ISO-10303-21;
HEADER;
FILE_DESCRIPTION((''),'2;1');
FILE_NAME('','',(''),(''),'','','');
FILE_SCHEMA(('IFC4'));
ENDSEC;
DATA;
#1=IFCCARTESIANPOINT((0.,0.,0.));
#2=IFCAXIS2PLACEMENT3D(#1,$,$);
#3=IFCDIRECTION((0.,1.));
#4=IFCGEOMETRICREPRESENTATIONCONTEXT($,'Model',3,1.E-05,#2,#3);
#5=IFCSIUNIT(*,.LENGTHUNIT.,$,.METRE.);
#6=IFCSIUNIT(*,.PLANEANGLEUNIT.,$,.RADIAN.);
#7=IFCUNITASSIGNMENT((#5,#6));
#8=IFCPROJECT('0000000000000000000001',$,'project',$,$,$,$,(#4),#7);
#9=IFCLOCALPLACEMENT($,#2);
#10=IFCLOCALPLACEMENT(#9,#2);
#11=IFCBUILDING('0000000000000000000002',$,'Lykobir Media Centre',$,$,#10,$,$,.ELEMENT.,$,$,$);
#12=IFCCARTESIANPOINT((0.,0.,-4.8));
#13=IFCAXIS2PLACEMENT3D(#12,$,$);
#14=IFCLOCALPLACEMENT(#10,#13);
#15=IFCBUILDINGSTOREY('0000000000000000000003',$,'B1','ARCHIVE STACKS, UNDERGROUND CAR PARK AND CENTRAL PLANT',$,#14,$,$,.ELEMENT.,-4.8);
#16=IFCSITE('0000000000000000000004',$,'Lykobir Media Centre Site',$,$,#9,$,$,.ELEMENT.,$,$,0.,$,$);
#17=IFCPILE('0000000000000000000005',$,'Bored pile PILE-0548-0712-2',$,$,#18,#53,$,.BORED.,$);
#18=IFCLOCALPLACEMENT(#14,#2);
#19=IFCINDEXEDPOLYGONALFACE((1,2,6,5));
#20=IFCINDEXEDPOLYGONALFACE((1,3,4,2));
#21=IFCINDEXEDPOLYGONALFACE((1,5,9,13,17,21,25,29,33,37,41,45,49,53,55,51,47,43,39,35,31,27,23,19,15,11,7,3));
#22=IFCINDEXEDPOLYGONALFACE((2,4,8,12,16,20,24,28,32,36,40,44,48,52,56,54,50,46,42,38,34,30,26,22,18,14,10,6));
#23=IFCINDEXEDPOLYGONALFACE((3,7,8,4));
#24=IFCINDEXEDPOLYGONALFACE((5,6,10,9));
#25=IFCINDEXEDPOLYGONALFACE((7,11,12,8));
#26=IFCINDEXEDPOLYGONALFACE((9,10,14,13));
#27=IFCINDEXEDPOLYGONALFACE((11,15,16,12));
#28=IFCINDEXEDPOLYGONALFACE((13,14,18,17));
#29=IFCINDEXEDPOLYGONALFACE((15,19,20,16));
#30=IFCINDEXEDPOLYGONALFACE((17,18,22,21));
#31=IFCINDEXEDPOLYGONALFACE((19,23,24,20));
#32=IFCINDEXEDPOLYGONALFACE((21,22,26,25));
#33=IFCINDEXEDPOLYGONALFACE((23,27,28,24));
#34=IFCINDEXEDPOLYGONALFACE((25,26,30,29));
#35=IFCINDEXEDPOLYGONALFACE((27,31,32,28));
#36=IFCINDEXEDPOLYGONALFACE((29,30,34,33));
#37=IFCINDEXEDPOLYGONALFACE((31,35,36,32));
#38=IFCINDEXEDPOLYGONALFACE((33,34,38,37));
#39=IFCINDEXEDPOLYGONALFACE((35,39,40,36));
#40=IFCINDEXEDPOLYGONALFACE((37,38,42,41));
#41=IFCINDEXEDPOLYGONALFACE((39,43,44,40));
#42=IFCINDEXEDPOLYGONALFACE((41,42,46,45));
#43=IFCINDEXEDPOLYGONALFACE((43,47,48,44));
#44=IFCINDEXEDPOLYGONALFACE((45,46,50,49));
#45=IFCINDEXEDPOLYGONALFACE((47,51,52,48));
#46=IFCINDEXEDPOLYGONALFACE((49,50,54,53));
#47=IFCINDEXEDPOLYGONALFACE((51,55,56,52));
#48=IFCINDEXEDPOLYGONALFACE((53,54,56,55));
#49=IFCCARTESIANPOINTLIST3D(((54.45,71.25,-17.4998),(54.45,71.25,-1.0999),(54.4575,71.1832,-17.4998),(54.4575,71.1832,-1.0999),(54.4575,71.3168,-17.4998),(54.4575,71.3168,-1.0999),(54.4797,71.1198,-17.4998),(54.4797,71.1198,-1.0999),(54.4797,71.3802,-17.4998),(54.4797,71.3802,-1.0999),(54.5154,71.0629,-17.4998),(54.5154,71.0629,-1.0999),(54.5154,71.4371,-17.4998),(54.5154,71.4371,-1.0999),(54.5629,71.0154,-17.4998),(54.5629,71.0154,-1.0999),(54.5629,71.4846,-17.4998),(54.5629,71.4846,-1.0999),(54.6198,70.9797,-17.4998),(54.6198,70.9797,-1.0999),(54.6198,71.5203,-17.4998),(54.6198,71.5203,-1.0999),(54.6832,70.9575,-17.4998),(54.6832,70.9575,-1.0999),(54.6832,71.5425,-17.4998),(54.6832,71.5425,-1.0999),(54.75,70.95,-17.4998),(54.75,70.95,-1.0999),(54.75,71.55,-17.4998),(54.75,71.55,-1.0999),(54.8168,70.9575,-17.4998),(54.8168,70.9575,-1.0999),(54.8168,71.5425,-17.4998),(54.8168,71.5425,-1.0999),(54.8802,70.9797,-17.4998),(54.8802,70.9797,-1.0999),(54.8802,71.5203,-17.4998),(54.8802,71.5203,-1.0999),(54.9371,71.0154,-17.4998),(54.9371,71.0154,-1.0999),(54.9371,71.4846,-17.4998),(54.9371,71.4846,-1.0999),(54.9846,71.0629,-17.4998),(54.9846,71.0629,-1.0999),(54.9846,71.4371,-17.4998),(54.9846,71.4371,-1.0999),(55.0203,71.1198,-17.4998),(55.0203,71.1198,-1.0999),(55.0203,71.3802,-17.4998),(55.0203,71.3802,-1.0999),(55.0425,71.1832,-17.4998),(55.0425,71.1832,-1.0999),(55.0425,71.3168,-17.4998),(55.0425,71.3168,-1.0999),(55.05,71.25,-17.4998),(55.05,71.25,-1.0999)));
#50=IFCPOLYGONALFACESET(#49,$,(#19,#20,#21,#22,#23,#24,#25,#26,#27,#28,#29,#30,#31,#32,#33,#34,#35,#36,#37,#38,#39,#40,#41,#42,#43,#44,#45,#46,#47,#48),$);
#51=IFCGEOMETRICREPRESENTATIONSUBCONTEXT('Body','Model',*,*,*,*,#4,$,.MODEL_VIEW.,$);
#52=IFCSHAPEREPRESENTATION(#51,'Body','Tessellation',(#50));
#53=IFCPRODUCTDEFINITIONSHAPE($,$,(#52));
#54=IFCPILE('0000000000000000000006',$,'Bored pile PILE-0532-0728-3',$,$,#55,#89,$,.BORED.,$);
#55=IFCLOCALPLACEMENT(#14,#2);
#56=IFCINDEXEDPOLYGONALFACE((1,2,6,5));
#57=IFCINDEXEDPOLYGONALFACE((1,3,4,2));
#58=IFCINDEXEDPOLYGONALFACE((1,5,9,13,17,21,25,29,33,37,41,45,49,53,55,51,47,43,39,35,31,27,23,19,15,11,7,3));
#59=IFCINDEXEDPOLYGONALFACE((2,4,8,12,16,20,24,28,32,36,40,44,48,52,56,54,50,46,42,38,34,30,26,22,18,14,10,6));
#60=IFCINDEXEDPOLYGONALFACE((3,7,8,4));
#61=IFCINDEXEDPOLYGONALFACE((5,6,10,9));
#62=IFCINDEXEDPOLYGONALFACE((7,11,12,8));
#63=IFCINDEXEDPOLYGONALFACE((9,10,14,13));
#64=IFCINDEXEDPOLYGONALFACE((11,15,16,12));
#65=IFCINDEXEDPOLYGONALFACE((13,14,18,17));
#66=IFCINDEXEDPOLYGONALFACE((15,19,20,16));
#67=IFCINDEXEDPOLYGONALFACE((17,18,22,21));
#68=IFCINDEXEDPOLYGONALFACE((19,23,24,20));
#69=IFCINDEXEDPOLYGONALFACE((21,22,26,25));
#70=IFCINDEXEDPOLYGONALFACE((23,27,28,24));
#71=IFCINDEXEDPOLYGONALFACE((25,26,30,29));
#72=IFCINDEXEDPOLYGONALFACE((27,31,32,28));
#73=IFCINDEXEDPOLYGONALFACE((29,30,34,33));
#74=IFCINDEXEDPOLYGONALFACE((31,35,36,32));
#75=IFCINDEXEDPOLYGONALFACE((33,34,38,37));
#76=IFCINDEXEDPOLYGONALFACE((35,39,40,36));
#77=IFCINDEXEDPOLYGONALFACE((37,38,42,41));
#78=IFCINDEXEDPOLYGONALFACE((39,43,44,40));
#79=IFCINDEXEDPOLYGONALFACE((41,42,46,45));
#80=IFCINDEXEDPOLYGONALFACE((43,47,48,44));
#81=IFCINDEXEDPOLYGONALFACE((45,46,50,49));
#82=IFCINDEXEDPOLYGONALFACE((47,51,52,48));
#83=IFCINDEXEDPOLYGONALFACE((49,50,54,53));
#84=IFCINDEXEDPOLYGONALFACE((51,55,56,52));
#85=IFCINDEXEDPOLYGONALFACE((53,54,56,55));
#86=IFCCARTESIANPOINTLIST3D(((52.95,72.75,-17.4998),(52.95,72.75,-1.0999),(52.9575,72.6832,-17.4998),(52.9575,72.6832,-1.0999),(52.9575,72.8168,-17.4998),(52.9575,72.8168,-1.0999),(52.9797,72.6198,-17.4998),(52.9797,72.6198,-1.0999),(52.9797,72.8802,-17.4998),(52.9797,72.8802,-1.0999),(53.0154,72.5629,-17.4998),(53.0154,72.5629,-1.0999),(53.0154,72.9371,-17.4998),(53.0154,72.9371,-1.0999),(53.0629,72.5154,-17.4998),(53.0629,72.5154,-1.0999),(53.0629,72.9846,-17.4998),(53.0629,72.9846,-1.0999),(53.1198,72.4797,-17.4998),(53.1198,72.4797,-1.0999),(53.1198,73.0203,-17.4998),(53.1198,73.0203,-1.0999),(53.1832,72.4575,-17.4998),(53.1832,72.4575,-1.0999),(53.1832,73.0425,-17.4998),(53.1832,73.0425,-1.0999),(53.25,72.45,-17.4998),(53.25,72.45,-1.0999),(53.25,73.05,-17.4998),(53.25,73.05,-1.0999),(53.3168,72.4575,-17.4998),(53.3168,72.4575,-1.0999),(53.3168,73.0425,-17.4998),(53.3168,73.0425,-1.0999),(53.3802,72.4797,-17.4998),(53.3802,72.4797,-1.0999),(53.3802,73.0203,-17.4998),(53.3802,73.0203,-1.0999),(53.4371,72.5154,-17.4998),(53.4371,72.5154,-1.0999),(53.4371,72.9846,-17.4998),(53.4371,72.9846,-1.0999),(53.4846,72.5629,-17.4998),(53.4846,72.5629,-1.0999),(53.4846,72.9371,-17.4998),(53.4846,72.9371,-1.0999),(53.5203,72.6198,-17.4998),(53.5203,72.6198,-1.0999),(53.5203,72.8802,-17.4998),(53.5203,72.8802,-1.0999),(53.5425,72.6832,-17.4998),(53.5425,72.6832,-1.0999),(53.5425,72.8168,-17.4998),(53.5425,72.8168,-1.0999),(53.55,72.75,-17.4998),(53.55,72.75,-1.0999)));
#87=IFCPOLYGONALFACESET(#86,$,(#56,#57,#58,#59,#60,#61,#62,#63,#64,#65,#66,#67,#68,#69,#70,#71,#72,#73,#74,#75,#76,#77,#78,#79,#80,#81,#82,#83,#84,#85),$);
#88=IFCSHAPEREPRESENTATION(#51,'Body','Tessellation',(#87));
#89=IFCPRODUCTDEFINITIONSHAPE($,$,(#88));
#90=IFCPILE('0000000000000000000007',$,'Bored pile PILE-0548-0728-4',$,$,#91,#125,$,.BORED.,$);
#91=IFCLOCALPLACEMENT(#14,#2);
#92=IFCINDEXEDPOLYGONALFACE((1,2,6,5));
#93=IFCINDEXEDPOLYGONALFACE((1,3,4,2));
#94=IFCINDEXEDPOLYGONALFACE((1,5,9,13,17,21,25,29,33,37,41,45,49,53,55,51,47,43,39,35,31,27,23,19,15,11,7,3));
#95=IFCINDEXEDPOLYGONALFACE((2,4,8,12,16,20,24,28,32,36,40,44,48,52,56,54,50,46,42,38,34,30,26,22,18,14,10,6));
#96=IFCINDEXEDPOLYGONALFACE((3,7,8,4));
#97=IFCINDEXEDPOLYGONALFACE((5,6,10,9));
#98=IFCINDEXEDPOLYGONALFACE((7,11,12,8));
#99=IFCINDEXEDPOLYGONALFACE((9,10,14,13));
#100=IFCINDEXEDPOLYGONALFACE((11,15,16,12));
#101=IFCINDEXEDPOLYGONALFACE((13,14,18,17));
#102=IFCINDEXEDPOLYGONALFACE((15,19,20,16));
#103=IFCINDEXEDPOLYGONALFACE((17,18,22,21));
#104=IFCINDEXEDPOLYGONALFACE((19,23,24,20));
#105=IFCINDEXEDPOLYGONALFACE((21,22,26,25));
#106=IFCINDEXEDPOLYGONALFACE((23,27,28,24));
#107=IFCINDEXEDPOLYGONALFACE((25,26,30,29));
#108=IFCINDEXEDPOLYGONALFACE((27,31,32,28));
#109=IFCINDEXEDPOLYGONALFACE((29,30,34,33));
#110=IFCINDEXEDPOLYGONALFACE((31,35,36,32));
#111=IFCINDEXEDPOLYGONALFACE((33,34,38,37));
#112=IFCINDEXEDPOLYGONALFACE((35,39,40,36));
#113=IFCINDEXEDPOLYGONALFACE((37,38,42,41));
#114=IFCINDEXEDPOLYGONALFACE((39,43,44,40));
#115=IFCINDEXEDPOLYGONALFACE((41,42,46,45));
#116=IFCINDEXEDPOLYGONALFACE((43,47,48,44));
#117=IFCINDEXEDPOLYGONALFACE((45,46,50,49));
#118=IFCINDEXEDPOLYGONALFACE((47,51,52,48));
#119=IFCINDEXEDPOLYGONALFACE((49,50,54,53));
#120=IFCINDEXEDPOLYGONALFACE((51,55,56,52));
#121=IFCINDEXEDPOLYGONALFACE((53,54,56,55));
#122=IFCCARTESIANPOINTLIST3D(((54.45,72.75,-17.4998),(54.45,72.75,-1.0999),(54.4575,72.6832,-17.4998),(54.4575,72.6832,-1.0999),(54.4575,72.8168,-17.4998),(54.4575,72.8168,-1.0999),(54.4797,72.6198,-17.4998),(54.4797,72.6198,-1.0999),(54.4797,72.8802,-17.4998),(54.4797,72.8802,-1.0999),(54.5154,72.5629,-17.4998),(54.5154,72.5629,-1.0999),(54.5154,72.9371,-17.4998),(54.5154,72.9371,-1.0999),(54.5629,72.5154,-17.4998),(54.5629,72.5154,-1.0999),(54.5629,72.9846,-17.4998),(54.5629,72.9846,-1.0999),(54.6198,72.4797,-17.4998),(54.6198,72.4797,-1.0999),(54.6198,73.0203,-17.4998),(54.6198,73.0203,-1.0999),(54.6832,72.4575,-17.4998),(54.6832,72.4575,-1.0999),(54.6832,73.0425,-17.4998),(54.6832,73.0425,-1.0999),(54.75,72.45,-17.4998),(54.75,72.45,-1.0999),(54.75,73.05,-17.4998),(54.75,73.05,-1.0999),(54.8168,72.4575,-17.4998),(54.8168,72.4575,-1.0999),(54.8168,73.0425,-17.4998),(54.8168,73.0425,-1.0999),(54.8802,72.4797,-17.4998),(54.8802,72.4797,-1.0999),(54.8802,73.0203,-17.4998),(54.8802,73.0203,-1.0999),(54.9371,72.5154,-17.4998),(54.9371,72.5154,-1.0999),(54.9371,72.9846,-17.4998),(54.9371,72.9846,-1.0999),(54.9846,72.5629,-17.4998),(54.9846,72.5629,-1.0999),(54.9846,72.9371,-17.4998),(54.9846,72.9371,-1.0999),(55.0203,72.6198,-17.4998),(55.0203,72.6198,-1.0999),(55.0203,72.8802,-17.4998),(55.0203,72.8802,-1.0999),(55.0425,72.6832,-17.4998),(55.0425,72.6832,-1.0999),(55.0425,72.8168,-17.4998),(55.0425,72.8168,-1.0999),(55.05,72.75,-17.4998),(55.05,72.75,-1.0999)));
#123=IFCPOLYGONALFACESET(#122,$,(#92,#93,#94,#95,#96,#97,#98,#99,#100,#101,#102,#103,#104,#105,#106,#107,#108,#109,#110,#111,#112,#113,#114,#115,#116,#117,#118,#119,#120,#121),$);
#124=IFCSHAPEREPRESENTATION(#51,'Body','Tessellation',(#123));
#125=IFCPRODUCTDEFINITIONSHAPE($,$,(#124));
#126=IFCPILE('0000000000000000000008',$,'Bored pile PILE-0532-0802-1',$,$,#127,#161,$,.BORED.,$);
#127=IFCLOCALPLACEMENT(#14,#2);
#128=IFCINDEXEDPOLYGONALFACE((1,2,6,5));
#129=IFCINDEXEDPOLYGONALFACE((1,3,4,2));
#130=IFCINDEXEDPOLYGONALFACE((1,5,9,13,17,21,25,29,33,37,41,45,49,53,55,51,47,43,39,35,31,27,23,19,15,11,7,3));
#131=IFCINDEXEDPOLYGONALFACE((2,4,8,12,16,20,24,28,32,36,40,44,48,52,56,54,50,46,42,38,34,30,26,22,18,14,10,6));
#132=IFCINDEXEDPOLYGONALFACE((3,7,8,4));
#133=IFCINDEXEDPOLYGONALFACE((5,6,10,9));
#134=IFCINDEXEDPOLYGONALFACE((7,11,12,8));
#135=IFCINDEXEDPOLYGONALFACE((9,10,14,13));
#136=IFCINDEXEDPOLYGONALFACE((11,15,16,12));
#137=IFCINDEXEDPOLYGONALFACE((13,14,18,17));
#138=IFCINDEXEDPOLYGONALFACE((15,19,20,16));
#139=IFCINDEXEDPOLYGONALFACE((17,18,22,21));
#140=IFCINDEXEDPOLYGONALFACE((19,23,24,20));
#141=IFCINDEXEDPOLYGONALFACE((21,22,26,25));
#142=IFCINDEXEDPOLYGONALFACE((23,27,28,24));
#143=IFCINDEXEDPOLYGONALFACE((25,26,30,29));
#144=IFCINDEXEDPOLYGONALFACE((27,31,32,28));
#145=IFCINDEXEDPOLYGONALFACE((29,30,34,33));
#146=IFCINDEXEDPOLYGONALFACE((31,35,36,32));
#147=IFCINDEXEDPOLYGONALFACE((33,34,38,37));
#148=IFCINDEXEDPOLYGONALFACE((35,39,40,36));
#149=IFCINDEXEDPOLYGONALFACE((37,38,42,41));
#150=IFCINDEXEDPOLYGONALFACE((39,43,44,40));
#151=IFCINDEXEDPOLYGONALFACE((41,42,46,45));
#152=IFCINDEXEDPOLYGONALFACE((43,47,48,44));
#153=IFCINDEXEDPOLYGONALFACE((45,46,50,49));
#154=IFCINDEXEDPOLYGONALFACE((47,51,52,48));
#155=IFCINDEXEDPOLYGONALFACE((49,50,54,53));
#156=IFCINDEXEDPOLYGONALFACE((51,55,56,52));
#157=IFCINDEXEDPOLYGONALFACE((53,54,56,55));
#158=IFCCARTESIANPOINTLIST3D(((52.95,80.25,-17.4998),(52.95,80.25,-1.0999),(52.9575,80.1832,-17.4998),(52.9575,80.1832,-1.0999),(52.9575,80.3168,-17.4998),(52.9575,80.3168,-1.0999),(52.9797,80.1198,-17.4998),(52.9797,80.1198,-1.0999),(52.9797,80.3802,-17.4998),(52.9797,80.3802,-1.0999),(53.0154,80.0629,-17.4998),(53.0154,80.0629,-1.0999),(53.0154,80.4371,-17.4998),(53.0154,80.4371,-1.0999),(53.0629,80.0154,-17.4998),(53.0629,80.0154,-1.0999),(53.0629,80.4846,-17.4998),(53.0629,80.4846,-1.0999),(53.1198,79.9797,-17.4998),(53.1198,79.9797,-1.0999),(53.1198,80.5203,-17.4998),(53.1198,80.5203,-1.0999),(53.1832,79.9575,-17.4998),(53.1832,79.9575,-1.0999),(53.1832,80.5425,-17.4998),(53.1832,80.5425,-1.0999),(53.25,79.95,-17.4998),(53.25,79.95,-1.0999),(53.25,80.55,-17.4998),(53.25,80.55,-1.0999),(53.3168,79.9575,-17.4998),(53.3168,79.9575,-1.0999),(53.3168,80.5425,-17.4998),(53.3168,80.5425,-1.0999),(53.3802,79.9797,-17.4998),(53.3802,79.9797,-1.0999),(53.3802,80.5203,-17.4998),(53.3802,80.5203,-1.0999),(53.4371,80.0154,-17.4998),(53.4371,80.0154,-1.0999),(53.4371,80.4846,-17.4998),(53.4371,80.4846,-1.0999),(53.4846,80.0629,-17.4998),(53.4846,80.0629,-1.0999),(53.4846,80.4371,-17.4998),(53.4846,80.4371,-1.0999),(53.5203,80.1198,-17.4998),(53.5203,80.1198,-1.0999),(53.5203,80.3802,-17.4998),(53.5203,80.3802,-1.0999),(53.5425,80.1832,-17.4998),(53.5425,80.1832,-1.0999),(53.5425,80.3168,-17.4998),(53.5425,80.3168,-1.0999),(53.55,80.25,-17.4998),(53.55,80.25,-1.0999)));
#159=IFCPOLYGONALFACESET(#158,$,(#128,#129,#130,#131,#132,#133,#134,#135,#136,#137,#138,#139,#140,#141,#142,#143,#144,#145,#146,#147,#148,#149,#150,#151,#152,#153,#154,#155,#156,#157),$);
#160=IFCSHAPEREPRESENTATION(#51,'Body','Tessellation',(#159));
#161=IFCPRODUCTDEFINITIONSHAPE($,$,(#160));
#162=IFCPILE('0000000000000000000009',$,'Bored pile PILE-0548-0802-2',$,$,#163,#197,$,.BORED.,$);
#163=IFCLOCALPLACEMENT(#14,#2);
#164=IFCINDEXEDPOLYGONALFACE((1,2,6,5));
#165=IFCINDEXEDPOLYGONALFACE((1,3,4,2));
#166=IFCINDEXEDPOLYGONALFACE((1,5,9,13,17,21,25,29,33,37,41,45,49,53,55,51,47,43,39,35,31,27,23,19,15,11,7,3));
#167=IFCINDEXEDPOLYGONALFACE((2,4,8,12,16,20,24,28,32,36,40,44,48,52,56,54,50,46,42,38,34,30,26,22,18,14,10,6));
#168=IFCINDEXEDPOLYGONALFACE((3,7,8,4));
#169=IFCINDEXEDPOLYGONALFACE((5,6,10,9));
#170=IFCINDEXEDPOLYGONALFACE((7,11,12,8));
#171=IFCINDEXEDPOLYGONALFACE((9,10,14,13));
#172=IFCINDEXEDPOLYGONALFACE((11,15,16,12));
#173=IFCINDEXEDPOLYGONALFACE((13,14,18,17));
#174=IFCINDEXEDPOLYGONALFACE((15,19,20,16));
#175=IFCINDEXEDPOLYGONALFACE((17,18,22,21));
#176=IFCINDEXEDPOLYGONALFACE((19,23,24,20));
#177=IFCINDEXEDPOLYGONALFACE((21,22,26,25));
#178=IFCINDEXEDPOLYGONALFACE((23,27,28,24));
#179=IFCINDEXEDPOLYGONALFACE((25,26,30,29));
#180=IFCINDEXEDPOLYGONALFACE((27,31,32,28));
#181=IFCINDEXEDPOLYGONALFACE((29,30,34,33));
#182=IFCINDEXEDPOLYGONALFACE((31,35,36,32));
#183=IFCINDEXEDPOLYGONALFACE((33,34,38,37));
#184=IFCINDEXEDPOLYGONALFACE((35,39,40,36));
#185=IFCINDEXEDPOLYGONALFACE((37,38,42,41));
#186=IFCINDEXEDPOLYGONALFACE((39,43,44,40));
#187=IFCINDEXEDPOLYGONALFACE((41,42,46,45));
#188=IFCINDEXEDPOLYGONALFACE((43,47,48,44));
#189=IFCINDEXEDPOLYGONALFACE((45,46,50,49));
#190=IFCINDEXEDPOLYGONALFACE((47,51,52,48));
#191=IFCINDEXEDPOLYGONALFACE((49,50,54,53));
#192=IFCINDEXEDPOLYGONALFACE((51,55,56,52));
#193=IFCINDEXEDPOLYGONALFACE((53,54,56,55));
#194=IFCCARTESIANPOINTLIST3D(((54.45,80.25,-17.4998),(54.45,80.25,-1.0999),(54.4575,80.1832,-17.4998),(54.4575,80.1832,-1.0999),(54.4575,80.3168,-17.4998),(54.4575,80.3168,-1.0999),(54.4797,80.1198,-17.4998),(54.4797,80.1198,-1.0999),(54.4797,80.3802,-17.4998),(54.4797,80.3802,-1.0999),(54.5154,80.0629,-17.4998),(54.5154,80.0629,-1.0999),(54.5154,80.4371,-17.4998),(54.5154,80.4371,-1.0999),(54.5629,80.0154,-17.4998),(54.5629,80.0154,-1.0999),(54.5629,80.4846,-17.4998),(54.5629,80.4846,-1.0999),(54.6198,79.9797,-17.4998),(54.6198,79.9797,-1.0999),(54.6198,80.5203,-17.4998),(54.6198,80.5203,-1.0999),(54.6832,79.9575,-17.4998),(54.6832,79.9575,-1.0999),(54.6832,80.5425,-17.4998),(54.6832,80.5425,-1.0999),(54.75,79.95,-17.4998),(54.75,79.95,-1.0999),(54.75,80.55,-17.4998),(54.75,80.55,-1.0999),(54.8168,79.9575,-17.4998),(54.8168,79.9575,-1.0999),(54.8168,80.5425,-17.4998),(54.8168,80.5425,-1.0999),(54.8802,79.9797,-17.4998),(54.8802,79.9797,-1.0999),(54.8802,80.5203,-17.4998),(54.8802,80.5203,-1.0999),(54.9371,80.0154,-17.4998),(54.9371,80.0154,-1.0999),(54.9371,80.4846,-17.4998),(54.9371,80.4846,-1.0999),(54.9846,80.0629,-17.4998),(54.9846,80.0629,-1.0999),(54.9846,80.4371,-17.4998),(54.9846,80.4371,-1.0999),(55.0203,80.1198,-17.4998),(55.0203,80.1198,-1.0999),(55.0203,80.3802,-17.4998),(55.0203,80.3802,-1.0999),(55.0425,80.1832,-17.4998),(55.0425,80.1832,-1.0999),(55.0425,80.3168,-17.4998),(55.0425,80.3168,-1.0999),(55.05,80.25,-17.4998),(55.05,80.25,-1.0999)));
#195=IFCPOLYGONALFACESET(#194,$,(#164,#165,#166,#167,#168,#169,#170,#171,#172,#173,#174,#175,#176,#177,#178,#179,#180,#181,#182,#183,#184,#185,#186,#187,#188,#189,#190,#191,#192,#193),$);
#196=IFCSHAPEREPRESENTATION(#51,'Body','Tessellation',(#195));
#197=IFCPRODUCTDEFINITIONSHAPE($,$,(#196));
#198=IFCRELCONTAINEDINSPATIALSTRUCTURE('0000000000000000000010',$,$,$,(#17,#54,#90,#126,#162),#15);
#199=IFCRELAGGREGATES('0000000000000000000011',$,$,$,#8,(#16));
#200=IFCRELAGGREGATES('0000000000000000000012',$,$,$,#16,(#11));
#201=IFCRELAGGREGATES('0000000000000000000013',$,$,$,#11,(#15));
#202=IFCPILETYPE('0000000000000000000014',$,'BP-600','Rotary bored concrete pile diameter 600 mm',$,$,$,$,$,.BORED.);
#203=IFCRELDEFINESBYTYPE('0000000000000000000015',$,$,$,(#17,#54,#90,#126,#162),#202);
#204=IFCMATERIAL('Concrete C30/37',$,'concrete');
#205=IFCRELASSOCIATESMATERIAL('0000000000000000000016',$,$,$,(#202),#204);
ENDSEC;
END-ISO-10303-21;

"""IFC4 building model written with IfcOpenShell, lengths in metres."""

from ifc_helpers import new_model, si_unit, direction, frame, origin, origin_2d, place, context, subcontext, project, spatial, circle, extrude, material, material_profile, profile_set, type_object, element, save


model = new_model("IFC4")

# Units and contexts
model_context = context("Model", 3, precision=1e-05, world=origin(), true_north=direction((0.0, 1.0)))
body_context = subcontext(model_context, "Body", "Model", "MODEL_VIEW")
ifc_project = project(units=[si_unit("LENGTHUNIT", "METRE"), si_unit("PLANEANGLEUNIT", "RADIAN")], contexts=[model_context])

# Site, building, storey
site_placement = place(None, origin())
site = spatial("IfcSite", under=ifc_project, at=site_placement, Name="Lykobir Media Centre Site", CompositionType="ELEMENT", RefElevation=0.0)
building_placement = place(site_placement, origin())
building = spatial("IfcBuilding", under=site, at=building_placement, Name="Lykobir Media Centre", CompositionType="ELEMENT")
storey_placement = place(building_placement, frame((0.0, 0.0, -4.8)))
storey = spatial("IfcBuildingStorey", under=building, at=storey_placement, Name="B1", Description="ARCHIVE STACKS, UNDERGROUND CAR PARK AND CENTRAL PLANT", CompositionType="ELEMENT", Elevation=-4.8)

# Piles
ifc_material_1 = material(Name="Concrete C30/37", Category="concrete")
ifc_material_profile_1 = material_profile(ifc_material_1, circle(Radius=0.3, at=origin_2d()), Name="BORED PILE D600")
ifc_profile_set_1 = profile_set([ifc_material_profile_1], Name="Concrete C30/37")
pile_type = type_object("IfcPileType", Name="BP-600", Description="Rotary bored concrete pile diameter 600 mm", PredefinedType="BORED", material=ifc_profile_set_1)
for number, where, z_axis, x_axis, name in (
    (1, (54.75, 71.25, -1.0999), (0.0, 0.0, -1.0), (1.0, 0.0, 0.0), "Bored pile PILE-0548-0712-2"),
    (2, (53.25, 72.75, -1.0999), (0.0, 0.0, -1.0), (1.0, 0.0, 0.0), "Bored pile PILE-0532-0728-3"),
    (3, (54.75, 72.75, -1.0999), (0.0, 0.0, -1.0), (1.0, 0.0, 0.0), "Bored pile PILE-0548-0728-4"),
    (4, (53.25, 80.25, -1.0999), (0.0, 0.0, -1.0), (1.0, 0.0, 0.0), "Bored pile PILE-0532-0802-1"),
    (5, (54.75, 80.25, -1.0999), (0.0, 0.0, -1.0), (1.0, 0.0, 0.0), "Bored pile PILE-0548-0802-2"),
):
    element("IfcPile", number, at=place(storey_placement, frame(where, z_axis=z_axis, x_axis=x_axis)), inside=storey, type_object=pile_type, Name=name, PredefinedType="BORED", context=body_context, shape_type="SweptSolid", body=[
        extrude(circle(Radius=0.3, at=origin_2d()), origin(), (0.0, 0.0, 1.0), 16.3999),
    ])

save(model, "model.ifc")
